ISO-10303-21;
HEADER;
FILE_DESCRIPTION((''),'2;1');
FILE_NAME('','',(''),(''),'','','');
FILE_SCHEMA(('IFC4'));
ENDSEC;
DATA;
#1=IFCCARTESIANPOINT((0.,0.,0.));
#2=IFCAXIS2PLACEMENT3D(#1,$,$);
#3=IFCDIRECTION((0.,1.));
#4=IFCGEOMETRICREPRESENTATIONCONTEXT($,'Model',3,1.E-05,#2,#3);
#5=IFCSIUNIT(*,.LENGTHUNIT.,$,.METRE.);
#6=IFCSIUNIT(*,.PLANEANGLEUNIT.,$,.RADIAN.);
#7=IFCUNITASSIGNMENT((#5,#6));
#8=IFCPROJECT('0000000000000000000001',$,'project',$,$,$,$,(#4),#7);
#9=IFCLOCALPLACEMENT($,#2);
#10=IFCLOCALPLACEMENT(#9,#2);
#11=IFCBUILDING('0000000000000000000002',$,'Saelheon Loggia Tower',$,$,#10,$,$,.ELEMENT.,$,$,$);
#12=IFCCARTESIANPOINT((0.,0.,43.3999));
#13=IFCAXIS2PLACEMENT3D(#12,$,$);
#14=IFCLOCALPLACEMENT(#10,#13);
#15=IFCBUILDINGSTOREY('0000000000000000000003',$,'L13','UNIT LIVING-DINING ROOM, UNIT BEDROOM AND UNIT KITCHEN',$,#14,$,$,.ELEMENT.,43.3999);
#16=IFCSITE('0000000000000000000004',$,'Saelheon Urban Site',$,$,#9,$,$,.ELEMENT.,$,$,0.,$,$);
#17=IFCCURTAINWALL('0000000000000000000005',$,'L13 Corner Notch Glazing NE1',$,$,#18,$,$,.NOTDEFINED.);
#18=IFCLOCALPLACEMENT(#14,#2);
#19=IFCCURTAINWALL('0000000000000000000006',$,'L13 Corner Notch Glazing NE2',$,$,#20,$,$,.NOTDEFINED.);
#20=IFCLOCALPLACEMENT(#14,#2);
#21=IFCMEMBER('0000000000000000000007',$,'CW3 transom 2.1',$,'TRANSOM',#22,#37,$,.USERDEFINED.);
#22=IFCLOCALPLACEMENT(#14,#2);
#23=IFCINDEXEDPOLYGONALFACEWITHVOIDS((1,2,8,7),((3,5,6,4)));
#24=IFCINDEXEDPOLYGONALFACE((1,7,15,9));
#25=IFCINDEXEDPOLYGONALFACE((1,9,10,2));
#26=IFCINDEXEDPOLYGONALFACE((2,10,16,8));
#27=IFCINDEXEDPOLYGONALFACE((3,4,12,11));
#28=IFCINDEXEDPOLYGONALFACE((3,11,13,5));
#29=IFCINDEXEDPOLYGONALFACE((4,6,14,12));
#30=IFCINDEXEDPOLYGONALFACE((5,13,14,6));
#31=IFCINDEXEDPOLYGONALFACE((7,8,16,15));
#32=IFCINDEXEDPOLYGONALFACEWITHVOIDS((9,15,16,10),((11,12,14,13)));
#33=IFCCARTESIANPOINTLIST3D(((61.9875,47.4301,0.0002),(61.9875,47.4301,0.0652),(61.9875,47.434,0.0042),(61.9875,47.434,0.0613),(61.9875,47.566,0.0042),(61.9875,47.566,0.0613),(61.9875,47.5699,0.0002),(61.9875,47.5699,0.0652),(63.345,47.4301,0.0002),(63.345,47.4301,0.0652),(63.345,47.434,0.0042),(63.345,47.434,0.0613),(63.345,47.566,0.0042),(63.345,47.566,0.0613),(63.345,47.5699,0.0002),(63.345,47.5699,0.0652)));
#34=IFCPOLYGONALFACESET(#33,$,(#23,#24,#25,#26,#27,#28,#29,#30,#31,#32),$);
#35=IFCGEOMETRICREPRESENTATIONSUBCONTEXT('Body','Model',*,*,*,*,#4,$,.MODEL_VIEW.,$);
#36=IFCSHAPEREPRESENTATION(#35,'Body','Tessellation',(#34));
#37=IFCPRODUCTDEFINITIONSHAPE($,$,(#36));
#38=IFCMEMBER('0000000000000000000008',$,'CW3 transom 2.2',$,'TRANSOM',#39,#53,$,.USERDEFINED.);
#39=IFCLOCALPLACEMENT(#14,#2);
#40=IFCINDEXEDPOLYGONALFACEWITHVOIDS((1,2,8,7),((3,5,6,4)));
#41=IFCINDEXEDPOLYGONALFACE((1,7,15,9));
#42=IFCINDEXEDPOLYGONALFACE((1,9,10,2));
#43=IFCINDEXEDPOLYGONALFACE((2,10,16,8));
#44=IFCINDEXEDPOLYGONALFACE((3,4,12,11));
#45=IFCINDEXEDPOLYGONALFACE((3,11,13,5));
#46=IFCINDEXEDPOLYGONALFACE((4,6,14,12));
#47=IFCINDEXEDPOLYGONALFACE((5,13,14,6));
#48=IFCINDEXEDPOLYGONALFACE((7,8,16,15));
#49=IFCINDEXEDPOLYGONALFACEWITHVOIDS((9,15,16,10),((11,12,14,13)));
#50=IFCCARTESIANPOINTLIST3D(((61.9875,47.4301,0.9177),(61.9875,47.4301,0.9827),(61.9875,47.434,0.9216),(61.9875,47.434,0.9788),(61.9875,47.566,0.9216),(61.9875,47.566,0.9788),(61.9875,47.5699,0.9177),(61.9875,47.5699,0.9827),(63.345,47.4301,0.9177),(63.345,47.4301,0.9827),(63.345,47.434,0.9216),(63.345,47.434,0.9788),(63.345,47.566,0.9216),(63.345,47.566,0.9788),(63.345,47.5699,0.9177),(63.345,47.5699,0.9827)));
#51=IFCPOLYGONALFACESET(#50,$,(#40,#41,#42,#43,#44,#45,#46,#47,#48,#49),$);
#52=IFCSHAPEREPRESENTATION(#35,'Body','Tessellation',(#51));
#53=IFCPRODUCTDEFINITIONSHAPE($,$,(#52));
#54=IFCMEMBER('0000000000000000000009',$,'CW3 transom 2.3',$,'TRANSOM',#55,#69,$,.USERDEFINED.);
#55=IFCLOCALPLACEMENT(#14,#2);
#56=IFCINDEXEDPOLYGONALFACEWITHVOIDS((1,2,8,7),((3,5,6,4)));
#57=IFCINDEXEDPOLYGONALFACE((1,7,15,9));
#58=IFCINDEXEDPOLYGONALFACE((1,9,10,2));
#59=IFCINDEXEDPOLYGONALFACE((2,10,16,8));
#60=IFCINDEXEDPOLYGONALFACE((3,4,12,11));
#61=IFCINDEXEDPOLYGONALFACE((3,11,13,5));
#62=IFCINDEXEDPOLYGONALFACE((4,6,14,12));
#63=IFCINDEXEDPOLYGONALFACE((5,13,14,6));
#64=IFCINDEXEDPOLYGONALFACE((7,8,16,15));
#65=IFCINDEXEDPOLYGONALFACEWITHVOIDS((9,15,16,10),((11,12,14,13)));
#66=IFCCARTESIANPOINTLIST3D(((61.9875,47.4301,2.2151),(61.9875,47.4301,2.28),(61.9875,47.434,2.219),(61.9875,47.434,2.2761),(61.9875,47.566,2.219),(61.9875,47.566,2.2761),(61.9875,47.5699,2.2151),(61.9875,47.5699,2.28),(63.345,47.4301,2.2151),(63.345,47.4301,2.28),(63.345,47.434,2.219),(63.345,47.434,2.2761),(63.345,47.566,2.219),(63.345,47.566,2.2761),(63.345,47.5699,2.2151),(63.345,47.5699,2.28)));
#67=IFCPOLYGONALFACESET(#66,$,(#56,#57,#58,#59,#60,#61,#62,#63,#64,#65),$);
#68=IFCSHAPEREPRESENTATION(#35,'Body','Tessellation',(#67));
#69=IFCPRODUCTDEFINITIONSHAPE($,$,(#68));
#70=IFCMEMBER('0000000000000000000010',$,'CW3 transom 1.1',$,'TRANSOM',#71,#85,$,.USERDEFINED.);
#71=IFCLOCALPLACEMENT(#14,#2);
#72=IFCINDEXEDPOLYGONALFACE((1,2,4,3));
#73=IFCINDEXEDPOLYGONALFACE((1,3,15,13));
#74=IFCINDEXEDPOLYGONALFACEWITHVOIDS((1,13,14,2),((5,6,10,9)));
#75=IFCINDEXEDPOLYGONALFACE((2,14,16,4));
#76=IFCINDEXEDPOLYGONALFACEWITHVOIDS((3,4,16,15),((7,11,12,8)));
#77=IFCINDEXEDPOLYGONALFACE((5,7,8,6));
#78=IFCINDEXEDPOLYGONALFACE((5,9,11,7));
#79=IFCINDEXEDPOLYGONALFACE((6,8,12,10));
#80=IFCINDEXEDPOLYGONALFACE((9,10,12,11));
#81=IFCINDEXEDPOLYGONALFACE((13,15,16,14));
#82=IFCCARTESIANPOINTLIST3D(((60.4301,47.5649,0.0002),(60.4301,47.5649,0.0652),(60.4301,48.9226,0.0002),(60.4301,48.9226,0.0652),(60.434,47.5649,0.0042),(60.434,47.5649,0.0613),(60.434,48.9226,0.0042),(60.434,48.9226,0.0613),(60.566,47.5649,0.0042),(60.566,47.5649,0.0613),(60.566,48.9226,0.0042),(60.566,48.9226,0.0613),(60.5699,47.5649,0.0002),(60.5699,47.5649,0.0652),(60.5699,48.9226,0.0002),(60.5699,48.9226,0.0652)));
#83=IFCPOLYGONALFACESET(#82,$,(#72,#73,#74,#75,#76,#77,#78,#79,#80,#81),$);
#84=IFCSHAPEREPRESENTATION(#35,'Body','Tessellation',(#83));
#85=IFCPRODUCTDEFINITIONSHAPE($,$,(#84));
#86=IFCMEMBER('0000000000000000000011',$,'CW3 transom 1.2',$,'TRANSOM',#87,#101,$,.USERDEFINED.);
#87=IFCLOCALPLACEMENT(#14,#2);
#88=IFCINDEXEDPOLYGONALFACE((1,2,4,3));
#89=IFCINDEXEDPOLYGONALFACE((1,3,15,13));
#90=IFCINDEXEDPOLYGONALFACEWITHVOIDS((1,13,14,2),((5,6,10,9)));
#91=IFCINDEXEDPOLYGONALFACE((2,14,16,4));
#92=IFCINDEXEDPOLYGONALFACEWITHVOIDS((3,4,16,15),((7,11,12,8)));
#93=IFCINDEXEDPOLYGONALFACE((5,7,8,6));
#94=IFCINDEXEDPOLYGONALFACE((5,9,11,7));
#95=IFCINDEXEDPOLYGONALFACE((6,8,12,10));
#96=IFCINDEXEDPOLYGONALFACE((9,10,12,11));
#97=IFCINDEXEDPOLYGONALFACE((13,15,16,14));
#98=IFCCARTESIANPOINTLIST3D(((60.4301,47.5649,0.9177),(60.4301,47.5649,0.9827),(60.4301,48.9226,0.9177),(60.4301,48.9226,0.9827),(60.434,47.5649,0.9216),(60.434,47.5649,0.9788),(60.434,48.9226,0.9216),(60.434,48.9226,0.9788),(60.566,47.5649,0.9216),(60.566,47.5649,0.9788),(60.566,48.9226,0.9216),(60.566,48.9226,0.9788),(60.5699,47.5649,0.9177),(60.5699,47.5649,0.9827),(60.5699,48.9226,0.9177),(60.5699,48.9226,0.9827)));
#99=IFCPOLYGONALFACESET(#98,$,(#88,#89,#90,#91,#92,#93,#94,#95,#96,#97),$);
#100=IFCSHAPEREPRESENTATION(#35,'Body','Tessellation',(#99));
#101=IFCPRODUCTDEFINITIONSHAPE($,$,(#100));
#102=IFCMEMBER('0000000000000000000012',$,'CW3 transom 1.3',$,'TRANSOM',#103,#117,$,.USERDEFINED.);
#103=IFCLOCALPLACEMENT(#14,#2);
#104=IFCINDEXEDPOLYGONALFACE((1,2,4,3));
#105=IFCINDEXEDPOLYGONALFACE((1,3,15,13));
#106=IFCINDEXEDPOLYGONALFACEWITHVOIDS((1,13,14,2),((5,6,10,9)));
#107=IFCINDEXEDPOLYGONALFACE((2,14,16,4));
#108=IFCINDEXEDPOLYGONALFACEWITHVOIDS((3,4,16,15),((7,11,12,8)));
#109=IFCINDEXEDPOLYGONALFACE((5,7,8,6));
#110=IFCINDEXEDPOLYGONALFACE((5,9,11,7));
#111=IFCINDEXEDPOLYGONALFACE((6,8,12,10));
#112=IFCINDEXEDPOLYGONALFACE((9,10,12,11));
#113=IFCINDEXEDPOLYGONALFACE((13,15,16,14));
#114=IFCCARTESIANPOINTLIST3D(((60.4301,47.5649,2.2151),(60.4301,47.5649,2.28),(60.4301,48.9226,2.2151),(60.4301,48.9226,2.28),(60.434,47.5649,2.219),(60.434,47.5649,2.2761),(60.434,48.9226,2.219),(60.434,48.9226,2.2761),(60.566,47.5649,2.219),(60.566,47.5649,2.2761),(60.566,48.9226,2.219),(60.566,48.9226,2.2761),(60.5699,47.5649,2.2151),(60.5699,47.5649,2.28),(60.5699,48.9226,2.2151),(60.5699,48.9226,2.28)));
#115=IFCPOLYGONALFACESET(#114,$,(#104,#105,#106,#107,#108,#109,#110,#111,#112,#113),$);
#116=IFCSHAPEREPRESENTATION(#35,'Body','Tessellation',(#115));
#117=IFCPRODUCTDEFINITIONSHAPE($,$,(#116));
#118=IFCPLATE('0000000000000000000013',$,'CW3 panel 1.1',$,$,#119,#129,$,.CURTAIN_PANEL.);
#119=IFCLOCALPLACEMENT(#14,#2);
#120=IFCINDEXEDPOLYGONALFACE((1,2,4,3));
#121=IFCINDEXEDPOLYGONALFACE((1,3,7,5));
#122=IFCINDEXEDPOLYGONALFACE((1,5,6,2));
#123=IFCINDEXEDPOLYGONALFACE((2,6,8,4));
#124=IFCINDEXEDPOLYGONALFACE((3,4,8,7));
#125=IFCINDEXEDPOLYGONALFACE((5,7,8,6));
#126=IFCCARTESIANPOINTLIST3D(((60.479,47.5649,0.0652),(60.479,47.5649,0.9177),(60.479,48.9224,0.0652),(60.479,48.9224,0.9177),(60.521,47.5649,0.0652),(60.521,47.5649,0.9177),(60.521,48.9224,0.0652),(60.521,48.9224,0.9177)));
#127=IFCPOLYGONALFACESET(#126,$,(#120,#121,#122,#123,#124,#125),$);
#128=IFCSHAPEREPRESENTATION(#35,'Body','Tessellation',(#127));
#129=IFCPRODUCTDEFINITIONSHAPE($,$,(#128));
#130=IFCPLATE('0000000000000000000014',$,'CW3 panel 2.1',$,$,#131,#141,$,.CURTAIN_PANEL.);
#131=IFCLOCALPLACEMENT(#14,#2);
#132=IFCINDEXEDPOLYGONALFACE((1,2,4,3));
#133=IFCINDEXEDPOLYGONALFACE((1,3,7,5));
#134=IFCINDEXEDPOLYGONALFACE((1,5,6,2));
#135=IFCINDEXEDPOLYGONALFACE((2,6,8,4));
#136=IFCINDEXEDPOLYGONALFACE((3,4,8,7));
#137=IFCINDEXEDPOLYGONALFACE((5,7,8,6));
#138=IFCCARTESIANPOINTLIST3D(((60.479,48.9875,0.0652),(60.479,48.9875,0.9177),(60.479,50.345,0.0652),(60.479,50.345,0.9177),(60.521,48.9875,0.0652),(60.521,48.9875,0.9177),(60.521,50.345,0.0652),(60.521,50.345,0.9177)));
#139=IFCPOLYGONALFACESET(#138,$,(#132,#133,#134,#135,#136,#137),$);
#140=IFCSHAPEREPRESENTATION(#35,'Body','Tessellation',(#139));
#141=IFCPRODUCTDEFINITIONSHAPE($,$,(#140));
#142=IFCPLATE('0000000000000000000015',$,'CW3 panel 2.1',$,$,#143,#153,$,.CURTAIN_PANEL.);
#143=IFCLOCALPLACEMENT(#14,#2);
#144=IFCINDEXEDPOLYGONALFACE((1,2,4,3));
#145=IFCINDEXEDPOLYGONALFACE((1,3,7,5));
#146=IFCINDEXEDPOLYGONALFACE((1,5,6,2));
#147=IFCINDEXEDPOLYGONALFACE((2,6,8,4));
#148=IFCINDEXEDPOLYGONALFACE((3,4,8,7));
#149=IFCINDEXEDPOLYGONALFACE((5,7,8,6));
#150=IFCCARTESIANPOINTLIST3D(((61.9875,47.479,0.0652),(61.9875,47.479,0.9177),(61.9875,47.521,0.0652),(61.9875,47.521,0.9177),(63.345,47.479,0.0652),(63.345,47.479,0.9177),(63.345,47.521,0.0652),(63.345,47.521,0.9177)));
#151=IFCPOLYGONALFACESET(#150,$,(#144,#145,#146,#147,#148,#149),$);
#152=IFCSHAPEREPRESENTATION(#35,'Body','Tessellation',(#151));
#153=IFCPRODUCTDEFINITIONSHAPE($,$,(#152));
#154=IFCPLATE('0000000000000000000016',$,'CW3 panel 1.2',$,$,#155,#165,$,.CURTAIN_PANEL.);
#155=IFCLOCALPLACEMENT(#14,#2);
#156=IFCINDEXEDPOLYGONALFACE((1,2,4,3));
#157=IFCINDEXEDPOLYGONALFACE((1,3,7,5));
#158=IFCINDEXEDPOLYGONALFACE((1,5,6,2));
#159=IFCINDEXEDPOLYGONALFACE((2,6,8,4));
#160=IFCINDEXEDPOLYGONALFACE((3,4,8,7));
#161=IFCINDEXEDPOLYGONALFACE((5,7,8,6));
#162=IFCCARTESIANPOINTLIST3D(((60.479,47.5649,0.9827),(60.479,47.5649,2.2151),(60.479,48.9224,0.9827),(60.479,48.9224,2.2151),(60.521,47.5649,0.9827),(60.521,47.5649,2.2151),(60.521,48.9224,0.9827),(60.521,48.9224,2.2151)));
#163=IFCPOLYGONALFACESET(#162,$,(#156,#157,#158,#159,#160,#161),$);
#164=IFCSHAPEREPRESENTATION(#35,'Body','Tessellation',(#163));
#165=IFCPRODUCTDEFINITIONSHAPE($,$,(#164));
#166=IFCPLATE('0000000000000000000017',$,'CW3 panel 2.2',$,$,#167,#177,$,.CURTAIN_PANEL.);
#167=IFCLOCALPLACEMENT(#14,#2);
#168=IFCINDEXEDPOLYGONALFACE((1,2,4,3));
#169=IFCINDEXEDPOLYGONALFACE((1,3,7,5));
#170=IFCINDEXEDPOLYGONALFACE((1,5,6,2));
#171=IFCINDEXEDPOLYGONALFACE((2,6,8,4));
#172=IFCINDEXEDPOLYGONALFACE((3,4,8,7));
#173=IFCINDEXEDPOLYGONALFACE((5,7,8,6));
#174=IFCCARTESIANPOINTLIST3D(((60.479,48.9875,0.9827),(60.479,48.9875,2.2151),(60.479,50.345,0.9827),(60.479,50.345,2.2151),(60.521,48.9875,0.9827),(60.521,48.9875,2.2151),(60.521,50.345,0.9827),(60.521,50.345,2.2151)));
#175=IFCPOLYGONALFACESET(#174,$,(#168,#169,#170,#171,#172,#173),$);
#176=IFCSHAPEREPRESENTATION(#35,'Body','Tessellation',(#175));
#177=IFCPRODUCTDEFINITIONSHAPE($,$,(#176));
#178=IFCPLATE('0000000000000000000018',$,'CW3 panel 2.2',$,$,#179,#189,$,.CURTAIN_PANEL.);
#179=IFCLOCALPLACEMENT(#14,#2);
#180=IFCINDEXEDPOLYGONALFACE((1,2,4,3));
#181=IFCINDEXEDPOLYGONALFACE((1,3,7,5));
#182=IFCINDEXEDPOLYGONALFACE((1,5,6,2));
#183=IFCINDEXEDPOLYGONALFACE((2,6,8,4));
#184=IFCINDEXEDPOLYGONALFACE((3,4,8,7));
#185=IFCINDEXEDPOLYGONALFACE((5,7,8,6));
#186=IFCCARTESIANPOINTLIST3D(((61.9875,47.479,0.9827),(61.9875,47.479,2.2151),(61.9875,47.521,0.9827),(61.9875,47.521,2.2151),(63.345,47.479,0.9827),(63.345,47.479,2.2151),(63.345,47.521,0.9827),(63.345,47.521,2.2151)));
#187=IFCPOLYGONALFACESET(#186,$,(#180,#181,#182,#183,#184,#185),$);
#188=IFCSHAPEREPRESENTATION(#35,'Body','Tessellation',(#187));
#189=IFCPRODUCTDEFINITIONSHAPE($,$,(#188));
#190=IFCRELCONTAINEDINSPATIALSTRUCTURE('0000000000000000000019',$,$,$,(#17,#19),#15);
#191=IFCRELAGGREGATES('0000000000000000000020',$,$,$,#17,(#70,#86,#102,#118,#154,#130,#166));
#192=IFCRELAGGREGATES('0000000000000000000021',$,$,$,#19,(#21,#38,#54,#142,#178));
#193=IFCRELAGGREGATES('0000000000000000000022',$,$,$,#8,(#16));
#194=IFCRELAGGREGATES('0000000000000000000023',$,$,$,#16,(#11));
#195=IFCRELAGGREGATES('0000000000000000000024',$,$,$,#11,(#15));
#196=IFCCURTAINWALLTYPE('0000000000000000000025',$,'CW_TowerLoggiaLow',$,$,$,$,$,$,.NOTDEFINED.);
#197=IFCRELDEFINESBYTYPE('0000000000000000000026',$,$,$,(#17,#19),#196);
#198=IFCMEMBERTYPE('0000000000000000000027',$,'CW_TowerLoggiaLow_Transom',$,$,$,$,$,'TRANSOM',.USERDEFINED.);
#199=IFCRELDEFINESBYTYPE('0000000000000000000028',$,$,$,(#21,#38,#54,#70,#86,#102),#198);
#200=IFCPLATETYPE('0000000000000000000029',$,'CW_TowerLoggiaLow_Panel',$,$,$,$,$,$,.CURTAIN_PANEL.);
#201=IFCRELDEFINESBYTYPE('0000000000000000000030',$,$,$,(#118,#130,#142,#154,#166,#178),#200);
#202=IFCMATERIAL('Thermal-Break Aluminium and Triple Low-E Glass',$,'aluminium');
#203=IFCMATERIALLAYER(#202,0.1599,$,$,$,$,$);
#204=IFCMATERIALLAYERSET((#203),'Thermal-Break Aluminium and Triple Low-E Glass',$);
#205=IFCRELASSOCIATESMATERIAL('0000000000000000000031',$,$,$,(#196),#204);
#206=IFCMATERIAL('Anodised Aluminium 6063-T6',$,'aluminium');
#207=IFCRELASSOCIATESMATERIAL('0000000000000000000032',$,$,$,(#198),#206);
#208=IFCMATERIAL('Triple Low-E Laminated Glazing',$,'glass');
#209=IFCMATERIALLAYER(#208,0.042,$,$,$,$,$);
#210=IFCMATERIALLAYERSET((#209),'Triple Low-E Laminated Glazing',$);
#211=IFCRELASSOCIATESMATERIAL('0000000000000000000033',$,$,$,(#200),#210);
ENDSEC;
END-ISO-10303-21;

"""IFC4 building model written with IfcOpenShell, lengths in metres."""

from ifc_helpers import new_model, si_unit, direction, frame, origin, origin_2d, place, context, subcontext, project, spatial, rectangle, hollow_rectangle, extrude, source, transform, mapped, material, layer, layer_set, material_profile, profile_set, type_object, element, aggregate, save


model = new_model("IFC4")

# Units and contexts
model_context = context("Model", 3, precision=1e-05, world=origin(), true_north=direction((0.0, 1.0)))
body_context = subcontext(model_context, "Body", "Model", "MODEL_VIEW")
ifc_project = project(units=[si_unit("LENGTHUNIT", "METRE"), si_unit("PLANEANGLEUNIT", "RADIAN")], contexts=[model_context])

# Site, building, storey
site_placement = place(None, origin())
site = spatial("IfcSite", under=ifc_project, at=site_placement, Name="Saelheon Urban Site", CompositionType="ELEMENT", RefElevation=0.0)
building_placement = place(site_placement, origin())
building = spatial("IfcBuilding", under=site, at=building_placement, Name="Saelheon Loggia Tower", CompositionType="ELEMENT")
storey_placement = place(building_placement, frame((0.0, 0.0, 43.3999)))
storey = spatial("IfcBuildingStorey", under=building, at=storey_placement, Name="L13", Description="UNIT LIVING-DINING ROOM, UNIT BEDROOM AND UNIT KITCHEN", CompositionType="ELEMENT", Elevation=43.3999)

# Curtain wall
ifc_material_1 = material(Name="Thermal-Break Aluminium and Triple Low-E Glass", Category="aluminium")
ifc_layer_1 = layer(ifc_material_1, 0.1599)
ifc_layer_set_1 = layer_set([ifc_layer_1], Name="Thermal-Break Aluminium and Triple Low-E Glass")
curtain_wall_type = type_object("IfcCurtainWallType", Name="CW_TowerLoggiaLow", PredefinedType="NOTDEFINED", material=ifc_layer_set_1)
curtain_wall_1_placement = place(storey_placement, origin())
curtain_wall_1 = element("IfcCurtainWall", 1, at=curtain_wall_1_placement, inside=storey, type_object=curtain_wall_type, Name="L13 Corner Notch Glazing NE1", PredefinedType="NOTDEFINED")
ifc_material_2 = material(Name="Anodised Aluminium 6063-T6", Category="aluminium")

# Curtain wall
curtain_wall_2_placement = place(storey_placement, origin())
curtain_wall_2 = element("IfcCurtainWall", 2, at=curtain_wall_2_placement, inside=storey, type_object=curtain_wall_type, Name="L13 Corner Notch Glazing NE2", PredefinedType="NOTDEFINED")

# Members
ifc_material_profile_1 = material_profile(ifc_material_2, hollow_rectangle(XDim=0.0649, YDim=0.1399, WallThickness=0.0039, at=origin_2d()), Name="RHS-140x65x4")
ifc_profile_set_1 = profile_set([ifc_material_profile_1], Name="Anodised Aluminium 6063-T6")
member_type_1 = type_object("IfcMemberType", Name="CW_TowerLoggiaLow_Transom", ElementType="TRANSOM", PredefinedType="USERDEFINED", material=ifc_profile_set_1)
shared_shape_1 = source(origin(), body_context, "Body", "SweptSolid", [
    extrude(hollow_rectangle(XDim=0.0649, YDim=0.1399, WallThickness=0.0039, at=origin_2d()), origin(), (0.0, 0.0, 1.0), 1.3574),
])
member_1_placement = place(storey_placement, frame((61.9875, 47.5, 0.0327), z_axis=(1.0, 0.0, 0.0), x_axis=(0.0, 0.0, 1.0)))
member_1 = element("IfcMember", 3, at=member_1_placement, type_object=member_type_1, Name="CW3 transom 2.1", ObjectType="TRANSOM", PredefinedType="USERDEFINED", context=body_context, shape_type="MappedRepresentation", body=[
    mapped(shared_shape_1, transform((0.0, 0.0, 0.0), scale=1.0)),
])
member_2_placement = place(storey_placement, frame((61.9875, 47.5, 0.9502), z_axis=(1.0, 0.0, 0.0), x_axis=(0.0, 0.0, 1.0)))
member_2 = element("IfcMember", 4, at=member_2_placement, type_object=member_type_1, Name="CW3 transom 2.2", ObjectType="TRANSOM", PredefinedType="USERDEFINED", context=body_context, shape_type="MappedRepresentation", body=[
    mapped(shared_shape_1, transform((0.0, 0.0, 0.0), scale=1.0)),
])
member_3_placement = place(storey_placement, frame((61.9875, 47.5, 2.2476), z_axis=(1.0, 0.0, 0.0), x_axis=(0.0, 0.0, 1.0)))
member_3 = element("IfcMember", 5, at=member_3_placement, type_object=member_type_1, Name="CW3 transom 2.3", ObjectType="TRANSOM", PredefinedType="USERDEFINED", context=body_context, shape_type="MappedRepresentation", body=[
    mapped(shared_shape_1, transform((0.0, 0.0, 0.0), scale=1.0)),
])
shared_shape_2 = source(origin(), body_context, "Body", "SweptSolid", [
    extrude(hollow_rectangle(XDim=0.0649, YDim=0.1399, WallThickness=0.0039, at=origin_2d()), origin(), (0.0, 0.0, 1.0), 1.3577),
])
member_4_placement = place(storey_placement, frame((60.5, 47.5649, 0.0327), z_axis=(0.0, 1.0, 0.0), x_axis=(0.0, 0.0, 1.0)))
member_4 = element("IfcMember", 6, at=member_4_placement, type_object=member_type_1, Name="CW3 transom 1.1", ObjectType="TRANSOM", PredefinedType="USERDEFINED", context=body_context, shape_type="MappedRepresentation", body=[
    mapped(shared_shape_2, transform((0.0, 0.0, 0.0), scale=1.0)),
])
member_5_placement = place(storey_placement, frame((60.5, 47.5649, 0.9502), z_axis=(0.0, 1.0, 0.0), x_axis=(0.0, 0.0, 1.0)))
member_5 = element("IfcMember", 7, at=member_5_placement, type_object=member_type_1, Name="CW3 transom 1.2", ObjectType="TRANSOM", PredefinedType="USERDEFINED", context=body_context, shape_type="MappedRepresentation", body=[
    mapped(shared_shape_2, transform((0.0, 0.0, 0.0), scale=1.0)),
])
member_6_placement = place(storey_placement, frame((60.5, 47.5649, 2.2476), z_axis=(0.0, 1.0, 0.0), x_axis=(0.0, 0.0, 1.0)))
member_6 = element("IfcMember", 8, at=member_6_placement, type_object=member_type_1, Name="CW3 transom 1.3", ObjectType="TRANSOM", PredefinedType="USERDEFINED", context=body_context, shape_type="MappedRepresentation", body=[
    mapped(shared_shape_2, transform((0.0, 0.0, 0.0), scale=1.0)),
])

# Plates
ifc_material_3 = material(Name="Triple Low-E Laminated Glazing", Category="glass")
ifc_layer_2 = layer(ifc_material_3, 0.042)
ifc_layer_set_2 = layer_set([ifc_layer_2], Name="Triple Low-E Laminated Glazing")
plate_type = type_object("IfcPlateType", Name="CW_TowerLoggiaLow_Panel", PredefinedType="CURTAIN_PANEL", material=ifc_layer_set_2)
shared_shape_3 = source(origin(), body_context, "Body", "SweptSolid", [
    extrude(rectangle(XDim=1.3574, YDim=0.042, at=origin_2d()), origin(), (0.0, 0.0, 1.0), 0.8525),
])
plate_1_placement = place(storey_placement, frame((60.5, 48.2437, 0.0652), z_axis=(0.0, 0.0, 1.0), x_axis=(0.0, 1.0, 0.0)))
plate_1 = element("IfcPlate", 9, at=plate_1_placement, type_object=plate_type, Name="CW3 panel 1.1", PredefinedType="CURTAIN_PANEL", context=body_context, shape_type="MappedRepresentation", body=[
    mapped(shared_shape_3, transform((0.0, 0.0, 0.0), scale=1.0)),
])
plate_2_placement = place(storey_placement, frame((60.5, 49.6663, 0.0652), z_axis=(0.0, 0.0, 1.0), x_axis=(0.0, 1.0, 0.0)))
plate_2 = element("IfcPlate", 10, at=plate_2_placement, type_object=plate_type, Name="CW3 panel 2.1", PredefinedType="CURTAIN_PANEL", context=body_context, shape_type="MappedRepresentation", body=[
    mapped(shared_shape_3, transform((0.0, 0.0, 0.0), scale=1.0)),
])
plate_3_placement = place(storey_placement, frame((62.6663, 47.5, 0.0652), z_axis=(0.0, 0.0, 1.0), x_axis=(1.0, 0.0, 0.0)))
plate_3 = element("IfcPlate", 11, at=plate_3_placement, type_object=plate_type, Name="CW3 panel 2.1", PredefinedType="CURTAIN_PANEL", context=body_context, shape_type="MappedRepresentation", body=[
    mapped(shared_shape_3, transform((0.0, 0.0, 0.0), scale=1.0)),
])
shared_shape_4 = source(origin(), body_context, "Body", "SweptSolid", [
    extrude(rectangle(XDim=1.3574, YDim=0.042, at=origin_2d()), origin(), (0.0, 0.0, 1.0), 1.2324),
])
plate_4_placement = place(storey_placement, frame((60.5, 48.2437, 0.9827), z_axis=(0.0, 0.0, 1.0), x_axis=(0.0, 1.0, 0.0)))
plate_4 = element("IfcPlate", 12, at=plate_4_placement, type_object=plate_type, Name="CW3 panel 1.2", PredefinedType="CURTAIN_PANEL", context=body_context, shape_type="MappedRepresentation", body=[
    mapped(shared_shape_4, transform((0.0, 0.0, 0.0), scale=1.0)),
])
plate_5_placement = place(storey_placement, frame((60.5, 49.6663, 0.9827), z_axis=(0.0, 0.0, 1.0), x_axis=(0.0, 1.0, 0.0)))
plate_5 = element("IfcPlate", 13, at=plate_5_placement, type_object=plate_type, Name="CW3 panel 2.2", PredefinedType="CURTAIN_PANEL", context=body_context, shape_type="MappedRepresentation", body=[
    mapped(shared_shape_4, transform((0.0, 0.0, 0.0), scale=1.0)),
])
aggregate(curtain_wall_1, [member_4, member_5, member_6, plate_1, plate_4, plate_2, plate_5])
plate_6_placement = place(storey_placement, frame((62.6663, 47.5, 0.9827), z_axis=(0.0, 0.0, 1.0), x_axis=(1.0, 0.0, 0.0)))
plate_6 = element("IfcPlate", 14, at=plate_6_placement, type_object=plate_type, Name="CW3 panel 2.2", PredefinedType="CURTAIN_PANEL", context=body_context, shape_type="MappedRepresentation", body=[
    mapped(shared_shape_4, transform((0.0, 0.0, 0.0), scale=1.0)),
])
aggregate(curtain_wall_2, [member_1, member_2, member_3, plate_3, plate_6])

save(model, "model.ifc")
